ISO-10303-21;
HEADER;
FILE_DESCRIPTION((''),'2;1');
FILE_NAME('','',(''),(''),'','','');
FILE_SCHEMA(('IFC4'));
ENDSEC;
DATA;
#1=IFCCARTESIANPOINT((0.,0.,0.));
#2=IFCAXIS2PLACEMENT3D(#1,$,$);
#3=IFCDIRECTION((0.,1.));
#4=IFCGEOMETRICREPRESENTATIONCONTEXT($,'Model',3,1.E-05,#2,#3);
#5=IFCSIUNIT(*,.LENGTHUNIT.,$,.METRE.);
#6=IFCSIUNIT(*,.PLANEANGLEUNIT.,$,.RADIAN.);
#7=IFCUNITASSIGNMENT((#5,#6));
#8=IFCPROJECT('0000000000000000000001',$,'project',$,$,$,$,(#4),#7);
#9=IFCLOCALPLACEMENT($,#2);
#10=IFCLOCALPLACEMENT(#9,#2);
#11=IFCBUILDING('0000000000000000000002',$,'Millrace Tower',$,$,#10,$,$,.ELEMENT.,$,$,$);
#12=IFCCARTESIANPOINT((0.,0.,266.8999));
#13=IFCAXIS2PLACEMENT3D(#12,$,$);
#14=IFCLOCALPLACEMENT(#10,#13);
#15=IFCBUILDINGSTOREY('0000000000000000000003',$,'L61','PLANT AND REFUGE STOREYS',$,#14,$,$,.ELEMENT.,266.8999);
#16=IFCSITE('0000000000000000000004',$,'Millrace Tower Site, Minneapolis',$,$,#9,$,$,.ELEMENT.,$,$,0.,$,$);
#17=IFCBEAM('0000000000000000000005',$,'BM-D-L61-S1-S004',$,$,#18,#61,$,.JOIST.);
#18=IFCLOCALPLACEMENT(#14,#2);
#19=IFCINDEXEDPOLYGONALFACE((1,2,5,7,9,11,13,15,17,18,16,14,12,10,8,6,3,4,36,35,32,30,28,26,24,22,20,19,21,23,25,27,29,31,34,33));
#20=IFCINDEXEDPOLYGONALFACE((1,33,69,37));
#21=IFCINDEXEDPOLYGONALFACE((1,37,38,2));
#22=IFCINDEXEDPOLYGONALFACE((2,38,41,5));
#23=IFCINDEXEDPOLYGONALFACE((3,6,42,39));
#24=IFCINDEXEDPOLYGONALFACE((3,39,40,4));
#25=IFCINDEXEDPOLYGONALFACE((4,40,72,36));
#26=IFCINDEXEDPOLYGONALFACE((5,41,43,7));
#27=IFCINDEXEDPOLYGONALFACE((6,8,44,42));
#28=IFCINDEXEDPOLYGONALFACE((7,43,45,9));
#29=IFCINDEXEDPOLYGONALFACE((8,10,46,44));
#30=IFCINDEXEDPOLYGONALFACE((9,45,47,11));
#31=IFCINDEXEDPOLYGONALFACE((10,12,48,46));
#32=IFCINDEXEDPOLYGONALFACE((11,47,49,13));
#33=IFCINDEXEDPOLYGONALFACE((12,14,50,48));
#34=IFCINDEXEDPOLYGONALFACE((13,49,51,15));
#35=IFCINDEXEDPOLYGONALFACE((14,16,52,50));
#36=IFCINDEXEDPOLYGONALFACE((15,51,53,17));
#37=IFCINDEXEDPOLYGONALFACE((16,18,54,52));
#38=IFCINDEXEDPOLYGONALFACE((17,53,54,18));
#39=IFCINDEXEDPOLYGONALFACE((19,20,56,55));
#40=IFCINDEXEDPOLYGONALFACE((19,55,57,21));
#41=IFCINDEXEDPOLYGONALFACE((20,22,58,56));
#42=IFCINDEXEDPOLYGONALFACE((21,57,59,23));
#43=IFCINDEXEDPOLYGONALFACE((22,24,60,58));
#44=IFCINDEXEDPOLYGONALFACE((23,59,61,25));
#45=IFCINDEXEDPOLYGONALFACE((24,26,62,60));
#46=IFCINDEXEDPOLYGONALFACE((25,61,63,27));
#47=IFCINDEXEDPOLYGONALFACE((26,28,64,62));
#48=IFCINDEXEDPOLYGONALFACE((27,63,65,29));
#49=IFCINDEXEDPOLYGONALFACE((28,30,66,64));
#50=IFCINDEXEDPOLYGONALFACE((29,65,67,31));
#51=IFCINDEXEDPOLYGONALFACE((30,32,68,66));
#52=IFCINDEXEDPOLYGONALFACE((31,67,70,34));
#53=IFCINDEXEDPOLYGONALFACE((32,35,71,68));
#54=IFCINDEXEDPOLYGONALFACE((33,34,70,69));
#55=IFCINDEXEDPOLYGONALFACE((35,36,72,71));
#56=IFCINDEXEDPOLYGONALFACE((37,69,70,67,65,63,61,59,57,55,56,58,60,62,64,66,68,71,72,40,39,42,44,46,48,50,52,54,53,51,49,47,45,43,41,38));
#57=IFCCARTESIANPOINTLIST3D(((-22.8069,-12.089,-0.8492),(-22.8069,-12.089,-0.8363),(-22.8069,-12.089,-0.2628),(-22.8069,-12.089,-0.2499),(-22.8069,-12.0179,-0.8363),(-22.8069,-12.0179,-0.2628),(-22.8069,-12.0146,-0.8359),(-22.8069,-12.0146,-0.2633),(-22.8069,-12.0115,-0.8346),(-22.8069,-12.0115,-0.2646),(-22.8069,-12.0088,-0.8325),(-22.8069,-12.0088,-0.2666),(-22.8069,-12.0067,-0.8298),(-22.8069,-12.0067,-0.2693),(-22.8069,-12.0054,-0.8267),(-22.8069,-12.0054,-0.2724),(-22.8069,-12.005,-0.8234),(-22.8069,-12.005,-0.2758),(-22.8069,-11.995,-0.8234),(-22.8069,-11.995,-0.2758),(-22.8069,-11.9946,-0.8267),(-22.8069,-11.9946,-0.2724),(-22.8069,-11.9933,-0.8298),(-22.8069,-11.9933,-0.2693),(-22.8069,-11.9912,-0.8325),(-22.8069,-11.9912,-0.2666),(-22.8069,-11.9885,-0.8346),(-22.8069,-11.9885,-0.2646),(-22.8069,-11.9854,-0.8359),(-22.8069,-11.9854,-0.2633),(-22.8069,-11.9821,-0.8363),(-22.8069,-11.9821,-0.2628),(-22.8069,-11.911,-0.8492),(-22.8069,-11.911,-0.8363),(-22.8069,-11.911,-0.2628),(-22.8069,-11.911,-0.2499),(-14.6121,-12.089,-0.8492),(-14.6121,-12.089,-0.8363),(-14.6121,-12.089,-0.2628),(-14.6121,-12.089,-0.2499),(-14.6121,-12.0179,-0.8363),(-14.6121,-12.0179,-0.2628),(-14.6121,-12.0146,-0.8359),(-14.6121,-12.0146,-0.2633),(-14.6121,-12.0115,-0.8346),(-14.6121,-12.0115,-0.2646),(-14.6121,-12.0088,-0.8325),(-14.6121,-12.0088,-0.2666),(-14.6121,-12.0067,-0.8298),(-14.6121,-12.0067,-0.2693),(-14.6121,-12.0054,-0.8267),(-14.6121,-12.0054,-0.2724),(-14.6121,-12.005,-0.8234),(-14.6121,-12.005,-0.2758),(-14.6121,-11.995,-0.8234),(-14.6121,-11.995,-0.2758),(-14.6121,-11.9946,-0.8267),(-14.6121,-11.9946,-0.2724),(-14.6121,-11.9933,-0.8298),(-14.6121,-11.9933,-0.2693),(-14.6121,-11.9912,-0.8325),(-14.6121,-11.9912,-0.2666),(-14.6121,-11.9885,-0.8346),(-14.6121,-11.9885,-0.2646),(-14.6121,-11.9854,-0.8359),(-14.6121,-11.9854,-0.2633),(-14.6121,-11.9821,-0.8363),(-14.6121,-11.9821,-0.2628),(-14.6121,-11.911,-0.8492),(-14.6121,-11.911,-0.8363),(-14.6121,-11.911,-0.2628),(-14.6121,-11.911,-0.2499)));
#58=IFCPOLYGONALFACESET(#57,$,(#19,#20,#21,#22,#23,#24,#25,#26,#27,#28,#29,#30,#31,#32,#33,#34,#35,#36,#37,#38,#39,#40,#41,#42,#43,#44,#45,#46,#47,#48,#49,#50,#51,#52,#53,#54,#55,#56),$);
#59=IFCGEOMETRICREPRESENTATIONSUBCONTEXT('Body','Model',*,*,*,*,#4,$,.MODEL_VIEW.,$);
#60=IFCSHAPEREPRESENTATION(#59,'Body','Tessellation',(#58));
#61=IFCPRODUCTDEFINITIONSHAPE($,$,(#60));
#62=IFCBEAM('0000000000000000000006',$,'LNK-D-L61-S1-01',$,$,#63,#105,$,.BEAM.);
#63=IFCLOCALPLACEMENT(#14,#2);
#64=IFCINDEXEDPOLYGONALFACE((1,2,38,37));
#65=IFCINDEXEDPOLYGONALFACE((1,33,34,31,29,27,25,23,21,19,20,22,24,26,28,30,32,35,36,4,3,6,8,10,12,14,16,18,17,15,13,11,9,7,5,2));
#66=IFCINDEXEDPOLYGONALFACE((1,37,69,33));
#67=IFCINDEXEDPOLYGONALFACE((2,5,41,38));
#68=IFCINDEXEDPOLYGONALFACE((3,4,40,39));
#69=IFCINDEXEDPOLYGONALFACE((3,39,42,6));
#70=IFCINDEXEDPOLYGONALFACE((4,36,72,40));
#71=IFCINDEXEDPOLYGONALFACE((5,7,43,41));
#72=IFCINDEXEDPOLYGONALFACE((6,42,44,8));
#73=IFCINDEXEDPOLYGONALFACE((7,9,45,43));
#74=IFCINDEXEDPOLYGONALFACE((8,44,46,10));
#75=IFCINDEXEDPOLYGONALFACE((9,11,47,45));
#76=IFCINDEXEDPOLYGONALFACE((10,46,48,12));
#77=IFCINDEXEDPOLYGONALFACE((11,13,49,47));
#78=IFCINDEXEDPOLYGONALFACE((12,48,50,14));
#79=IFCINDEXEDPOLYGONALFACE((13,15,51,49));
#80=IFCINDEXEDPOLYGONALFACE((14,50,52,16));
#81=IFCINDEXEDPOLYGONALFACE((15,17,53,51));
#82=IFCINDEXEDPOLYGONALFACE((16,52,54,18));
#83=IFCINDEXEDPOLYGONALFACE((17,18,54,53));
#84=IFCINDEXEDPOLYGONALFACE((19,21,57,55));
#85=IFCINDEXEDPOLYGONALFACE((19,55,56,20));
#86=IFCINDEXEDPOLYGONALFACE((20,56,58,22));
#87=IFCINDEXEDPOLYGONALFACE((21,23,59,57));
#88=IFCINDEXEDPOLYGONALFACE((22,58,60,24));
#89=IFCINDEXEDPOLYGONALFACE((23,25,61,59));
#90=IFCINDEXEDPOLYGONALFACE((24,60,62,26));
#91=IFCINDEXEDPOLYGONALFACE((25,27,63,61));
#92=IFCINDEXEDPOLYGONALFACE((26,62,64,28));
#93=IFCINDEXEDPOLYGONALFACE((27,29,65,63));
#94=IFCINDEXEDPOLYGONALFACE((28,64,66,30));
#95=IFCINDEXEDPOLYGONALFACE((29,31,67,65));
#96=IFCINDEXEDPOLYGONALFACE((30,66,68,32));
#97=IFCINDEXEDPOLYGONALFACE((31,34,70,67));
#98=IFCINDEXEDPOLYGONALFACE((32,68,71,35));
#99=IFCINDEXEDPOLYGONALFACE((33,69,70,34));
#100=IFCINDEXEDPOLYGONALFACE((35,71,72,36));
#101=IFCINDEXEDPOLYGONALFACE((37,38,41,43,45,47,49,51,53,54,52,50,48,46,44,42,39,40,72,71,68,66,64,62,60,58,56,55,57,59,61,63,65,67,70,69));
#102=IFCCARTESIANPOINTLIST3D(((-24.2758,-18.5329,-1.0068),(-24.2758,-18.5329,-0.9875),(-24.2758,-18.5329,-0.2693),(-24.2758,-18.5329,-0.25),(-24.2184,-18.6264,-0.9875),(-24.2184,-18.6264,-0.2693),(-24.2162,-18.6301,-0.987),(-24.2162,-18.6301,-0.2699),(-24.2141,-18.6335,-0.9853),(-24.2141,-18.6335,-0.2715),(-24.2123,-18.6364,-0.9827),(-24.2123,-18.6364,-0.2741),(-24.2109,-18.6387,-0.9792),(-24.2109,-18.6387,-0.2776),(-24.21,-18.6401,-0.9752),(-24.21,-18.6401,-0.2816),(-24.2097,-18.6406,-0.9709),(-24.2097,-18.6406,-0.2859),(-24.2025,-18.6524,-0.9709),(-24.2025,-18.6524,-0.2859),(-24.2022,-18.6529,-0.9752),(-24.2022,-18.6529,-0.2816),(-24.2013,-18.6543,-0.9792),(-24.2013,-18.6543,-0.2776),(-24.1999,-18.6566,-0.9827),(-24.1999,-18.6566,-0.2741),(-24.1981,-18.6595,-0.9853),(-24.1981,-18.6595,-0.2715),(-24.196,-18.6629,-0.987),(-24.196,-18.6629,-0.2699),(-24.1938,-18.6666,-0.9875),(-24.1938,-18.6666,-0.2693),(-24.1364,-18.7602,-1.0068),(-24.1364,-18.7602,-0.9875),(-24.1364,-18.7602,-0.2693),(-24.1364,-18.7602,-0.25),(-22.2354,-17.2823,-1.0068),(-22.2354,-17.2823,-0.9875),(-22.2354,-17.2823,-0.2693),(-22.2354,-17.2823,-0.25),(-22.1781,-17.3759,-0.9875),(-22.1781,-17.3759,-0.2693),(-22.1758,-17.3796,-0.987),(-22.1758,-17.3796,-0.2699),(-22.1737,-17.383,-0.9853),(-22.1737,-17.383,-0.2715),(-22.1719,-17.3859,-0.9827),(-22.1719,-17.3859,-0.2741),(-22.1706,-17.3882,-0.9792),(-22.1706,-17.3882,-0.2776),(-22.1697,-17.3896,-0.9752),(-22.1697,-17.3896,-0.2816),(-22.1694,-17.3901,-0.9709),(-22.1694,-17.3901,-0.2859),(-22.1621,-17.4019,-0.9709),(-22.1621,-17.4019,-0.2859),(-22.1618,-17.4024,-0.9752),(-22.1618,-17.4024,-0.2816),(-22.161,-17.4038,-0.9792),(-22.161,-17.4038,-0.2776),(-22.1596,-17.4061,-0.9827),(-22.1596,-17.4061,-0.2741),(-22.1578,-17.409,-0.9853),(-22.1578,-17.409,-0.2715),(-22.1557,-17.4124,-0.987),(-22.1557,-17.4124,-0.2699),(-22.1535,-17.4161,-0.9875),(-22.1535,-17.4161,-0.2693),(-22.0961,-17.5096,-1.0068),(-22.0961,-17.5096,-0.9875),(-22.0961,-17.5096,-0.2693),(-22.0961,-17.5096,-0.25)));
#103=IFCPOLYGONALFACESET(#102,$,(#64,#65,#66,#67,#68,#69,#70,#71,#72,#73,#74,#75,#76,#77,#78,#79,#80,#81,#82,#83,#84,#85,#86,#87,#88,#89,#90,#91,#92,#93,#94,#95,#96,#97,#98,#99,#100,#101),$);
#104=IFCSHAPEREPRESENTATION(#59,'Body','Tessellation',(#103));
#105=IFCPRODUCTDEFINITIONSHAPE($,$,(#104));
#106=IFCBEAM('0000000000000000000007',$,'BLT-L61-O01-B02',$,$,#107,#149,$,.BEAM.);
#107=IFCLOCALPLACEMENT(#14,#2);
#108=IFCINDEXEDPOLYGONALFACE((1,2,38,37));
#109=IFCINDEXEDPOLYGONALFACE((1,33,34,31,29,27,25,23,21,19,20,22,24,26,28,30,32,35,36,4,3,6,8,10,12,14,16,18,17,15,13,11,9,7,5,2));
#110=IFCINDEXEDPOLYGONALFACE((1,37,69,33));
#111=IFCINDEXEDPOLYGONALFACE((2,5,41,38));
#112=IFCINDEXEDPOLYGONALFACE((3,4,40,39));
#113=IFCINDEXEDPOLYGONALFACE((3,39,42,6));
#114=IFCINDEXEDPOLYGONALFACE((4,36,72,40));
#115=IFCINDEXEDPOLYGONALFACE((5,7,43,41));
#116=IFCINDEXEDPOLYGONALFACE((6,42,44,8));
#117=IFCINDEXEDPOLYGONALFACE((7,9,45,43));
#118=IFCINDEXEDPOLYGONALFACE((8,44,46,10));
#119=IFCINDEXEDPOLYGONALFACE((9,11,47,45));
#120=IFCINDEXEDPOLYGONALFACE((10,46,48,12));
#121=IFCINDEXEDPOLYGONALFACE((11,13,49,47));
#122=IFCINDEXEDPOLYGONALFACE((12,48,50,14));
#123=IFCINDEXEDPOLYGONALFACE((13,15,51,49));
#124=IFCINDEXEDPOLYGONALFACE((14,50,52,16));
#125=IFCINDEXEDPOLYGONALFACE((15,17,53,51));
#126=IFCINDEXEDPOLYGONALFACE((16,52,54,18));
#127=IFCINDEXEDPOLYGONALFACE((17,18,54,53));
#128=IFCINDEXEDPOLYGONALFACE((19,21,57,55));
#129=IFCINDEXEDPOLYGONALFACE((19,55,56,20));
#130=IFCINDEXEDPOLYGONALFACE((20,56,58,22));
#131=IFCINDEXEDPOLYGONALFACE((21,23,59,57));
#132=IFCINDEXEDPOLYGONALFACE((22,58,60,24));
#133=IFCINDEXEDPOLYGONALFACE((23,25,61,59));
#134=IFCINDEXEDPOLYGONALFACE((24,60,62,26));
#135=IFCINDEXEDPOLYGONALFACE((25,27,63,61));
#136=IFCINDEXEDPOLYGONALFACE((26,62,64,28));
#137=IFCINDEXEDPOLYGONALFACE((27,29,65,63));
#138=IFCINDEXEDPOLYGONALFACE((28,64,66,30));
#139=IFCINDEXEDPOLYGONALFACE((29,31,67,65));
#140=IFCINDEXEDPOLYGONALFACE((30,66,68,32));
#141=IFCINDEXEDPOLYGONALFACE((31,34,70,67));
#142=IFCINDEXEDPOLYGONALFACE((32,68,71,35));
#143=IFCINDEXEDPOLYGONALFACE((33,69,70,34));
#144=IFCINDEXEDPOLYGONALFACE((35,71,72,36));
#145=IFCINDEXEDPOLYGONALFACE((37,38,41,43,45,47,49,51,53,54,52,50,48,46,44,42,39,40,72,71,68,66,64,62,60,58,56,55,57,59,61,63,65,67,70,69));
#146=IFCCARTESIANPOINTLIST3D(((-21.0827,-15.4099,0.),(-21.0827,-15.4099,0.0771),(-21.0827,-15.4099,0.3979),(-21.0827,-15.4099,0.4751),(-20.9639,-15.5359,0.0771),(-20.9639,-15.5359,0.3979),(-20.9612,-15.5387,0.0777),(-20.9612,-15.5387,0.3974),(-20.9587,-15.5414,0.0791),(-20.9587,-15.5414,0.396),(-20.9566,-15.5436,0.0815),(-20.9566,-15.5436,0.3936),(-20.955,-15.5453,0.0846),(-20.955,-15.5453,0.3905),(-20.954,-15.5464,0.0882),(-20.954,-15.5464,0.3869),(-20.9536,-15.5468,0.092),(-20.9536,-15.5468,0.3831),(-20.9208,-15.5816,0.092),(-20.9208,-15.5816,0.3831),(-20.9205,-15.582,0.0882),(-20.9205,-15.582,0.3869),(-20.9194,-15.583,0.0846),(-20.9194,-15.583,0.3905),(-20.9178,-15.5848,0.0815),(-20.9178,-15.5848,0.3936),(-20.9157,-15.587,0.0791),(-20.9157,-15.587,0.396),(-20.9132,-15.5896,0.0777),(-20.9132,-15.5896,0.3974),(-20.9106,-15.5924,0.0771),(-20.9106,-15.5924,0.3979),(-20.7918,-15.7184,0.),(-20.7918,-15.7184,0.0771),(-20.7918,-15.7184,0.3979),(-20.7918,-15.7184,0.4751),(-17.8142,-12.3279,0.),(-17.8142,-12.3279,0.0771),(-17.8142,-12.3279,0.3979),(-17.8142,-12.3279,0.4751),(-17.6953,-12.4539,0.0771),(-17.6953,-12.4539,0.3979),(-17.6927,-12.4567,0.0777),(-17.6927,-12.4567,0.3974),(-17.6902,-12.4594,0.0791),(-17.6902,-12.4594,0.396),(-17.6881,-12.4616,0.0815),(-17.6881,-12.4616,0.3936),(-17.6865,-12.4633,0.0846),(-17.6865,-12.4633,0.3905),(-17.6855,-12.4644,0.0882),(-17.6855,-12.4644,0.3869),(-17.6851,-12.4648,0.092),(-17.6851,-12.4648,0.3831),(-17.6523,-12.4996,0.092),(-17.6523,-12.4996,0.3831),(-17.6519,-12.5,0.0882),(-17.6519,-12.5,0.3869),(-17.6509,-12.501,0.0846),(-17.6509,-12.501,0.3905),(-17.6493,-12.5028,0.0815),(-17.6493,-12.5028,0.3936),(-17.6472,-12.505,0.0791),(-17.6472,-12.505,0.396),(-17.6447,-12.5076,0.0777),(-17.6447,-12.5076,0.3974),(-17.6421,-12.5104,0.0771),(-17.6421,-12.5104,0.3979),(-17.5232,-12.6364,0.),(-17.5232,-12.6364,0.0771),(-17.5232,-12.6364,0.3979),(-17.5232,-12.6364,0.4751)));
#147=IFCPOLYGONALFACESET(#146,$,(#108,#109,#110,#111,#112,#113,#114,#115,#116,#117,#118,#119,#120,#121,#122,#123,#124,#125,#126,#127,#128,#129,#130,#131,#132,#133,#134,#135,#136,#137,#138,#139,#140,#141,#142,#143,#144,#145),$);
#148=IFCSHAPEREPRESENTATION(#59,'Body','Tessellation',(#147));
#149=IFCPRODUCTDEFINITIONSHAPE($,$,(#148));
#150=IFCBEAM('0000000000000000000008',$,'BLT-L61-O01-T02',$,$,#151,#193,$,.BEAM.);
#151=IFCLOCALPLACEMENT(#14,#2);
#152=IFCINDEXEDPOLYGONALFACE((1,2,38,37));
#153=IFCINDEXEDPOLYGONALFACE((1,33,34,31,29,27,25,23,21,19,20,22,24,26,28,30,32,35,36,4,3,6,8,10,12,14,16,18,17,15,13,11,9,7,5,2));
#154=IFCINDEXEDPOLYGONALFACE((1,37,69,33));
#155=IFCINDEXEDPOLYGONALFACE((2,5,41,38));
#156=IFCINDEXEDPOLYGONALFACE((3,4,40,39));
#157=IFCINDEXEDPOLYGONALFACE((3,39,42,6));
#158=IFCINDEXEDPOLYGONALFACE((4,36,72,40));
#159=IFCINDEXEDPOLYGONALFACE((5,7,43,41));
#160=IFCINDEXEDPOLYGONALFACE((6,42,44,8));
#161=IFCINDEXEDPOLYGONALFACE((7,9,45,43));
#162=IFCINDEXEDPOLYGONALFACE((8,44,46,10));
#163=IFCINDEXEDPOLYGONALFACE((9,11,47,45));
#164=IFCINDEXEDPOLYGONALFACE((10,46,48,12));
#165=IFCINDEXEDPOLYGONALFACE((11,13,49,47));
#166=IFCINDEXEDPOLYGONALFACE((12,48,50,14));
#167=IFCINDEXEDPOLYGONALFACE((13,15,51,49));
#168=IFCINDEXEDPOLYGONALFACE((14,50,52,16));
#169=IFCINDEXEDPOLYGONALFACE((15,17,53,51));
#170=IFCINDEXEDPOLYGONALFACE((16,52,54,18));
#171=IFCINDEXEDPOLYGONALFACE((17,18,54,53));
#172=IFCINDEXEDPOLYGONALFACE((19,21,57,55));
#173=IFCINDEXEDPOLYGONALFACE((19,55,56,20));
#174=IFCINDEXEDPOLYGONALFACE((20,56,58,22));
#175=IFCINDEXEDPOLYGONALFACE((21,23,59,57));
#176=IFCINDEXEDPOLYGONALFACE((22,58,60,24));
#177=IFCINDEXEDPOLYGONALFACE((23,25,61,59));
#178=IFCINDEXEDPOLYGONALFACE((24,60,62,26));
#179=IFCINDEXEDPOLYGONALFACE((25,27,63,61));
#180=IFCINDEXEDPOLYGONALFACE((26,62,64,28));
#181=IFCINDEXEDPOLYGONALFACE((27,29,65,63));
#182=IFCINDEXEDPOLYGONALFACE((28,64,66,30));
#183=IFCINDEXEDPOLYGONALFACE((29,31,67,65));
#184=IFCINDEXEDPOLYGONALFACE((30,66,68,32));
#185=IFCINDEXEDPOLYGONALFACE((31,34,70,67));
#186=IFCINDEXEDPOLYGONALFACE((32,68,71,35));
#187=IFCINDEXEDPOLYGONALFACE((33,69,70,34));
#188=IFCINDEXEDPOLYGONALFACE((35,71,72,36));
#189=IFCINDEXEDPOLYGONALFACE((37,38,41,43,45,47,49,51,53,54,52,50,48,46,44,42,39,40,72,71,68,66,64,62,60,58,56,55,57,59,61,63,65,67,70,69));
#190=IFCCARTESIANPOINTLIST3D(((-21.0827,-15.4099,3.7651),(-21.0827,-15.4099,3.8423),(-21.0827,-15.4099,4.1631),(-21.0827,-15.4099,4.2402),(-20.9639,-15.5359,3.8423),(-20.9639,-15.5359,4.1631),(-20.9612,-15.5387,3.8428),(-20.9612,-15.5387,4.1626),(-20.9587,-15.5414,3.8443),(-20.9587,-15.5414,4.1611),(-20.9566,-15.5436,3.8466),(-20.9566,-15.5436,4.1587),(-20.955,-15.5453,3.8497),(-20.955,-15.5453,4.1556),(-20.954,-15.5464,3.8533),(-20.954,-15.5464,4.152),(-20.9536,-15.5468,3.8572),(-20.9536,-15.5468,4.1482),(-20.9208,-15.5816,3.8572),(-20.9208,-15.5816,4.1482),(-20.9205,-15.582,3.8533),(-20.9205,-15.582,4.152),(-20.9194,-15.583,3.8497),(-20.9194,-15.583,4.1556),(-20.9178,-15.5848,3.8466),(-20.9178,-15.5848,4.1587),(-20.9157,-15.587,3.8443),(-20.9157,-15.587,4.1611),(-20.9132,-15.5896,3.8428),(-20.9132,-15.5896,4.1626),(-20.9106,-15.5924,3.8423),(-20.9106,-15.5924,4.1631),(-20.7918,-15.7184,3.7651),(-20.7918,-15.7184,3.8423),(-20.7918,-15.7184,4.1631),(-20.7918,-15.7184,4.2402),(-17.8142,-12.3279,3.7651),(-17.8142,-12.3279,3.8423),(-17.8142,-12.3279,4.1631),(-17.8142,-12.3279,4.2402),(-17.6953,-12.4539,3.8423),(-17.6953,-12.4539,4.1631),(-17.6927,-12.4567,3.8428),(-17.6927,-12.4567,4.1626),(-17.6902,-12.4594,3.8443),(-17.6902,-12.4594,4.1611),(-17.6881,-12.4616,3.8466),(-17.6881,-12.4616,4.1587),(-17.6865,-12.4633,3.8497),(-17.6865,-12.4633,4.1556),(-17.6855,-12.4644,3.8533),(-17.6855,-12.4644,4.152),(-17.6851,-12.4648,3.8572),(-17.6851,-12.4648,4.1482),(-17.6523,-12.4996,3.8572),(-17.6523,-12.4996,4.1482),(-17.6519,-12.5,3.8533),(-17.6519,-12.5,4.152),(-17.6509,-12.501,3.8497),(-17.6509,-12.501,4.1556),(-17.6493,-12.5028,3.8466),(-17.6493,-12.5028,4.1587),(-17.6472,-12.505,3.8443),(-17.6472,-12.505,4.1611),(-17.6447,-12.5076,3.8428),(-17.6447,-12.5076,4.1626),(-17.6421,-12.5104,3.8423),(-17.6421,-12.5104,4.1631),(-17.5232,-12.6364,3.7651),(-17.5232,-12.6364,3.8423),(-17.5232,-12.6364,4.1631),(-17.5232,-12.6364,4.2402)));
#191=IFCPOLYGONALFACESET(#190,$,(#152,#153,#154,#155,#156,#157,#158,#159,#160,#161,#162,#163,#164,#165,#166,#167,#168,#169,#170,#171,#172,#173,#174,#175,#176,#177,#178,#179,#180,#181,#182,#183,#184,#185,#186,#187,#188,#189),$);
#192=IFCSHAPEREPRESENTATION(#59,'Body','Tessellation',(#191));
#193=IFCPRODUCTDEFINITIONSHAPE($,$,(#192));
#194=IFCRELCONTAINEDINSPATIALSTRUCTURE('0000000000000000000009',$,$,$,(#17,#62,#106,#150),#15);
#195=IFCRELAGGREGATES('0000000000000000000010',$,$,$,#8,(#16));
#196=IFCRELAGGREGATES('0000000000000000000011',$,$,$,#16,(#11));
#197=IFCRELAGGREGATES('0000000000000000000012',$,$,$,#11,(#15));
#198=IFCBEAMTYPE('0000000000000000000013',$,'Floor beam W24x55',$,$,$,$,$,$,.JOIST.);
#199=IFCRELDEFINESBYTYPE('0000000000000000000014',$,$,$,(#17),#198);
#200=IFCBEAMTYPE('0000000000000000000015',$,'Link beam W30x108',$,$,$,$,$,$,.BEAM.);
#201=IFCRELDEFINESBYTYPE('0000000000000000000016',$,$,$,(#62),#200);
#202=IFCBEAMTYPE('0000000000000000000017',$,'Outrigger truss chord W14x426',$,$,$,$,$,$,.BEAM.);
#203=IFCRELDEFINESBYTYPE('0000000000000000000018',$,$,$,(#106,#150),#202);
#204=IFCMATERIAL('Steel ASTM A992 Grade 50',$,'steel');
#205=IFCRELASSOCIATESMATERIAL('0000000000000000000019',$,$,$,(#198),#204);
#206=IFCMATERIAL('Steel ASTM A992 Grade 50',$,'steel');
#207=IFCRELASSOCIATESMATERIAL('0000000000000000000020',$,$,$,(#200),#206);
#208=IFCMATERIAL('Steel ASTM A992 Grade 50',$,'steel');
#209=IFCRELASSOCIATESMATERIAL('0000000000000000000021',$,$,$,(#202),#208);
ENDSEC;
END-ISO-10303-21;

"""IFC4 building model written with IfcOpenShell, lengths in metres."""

from ifc_helpers import new_model, si_unit, direction, frame, origin, origin_2d, place, context, subcontext, project, spatial, i_section, extrude, material, material_profile, profile_set, type_object, element, save


model = new_model("IFC4")

# Units and contexts
model_context = context("Model", 3, precision=1e-05, world=origin(), true_north=direction((0.0, 1.0)))
body_context = subcontext(model_context, "Body", "Model", "MODEL_VIEW")
ifc_project = project(units=[si_unit("LENGTHUNIT", "METRE"), si_unit("PLANEANGLEUNIT", "RADIAN")], contexts=[model_context])

# Site, building, storey
site_placement = place(None, origin())
site = spatial("IfcSite", under=ifc_project, at=site_placement, Name="Millrace Tower Site, Minneapolis", CompositionType="ELEMENT", RefElevation=0.0)
building_placement = place(site_placement, origin())
building = spatial("IfcBuilding", under=site, at=building_placement, Name="Millrace Tower", CompositionType="ELEMENT")
storey_placement = place(building_placement, frame((0.0, 0.0, 266.8999)))
storey = spatial("IfcBuildingStorey", under=building, at=storey_placement, Name="L61", Description="PLANT AND REFUGE STOREYS", CompositionType="ELEMENT", Elevation=266.8999)

# Beams
ifc_material_1 = material(Name="Steel ASTM A992 Grade 50", Category="steel")
ifc_material_profile_1 = material_profile(ifc_material_1, i_section(OverallWidth=0.178, OverallDepth=0.5994, WebThickness=0.01, FlangeThickness=0.0129, FilletRadius=0.0129, at=origin_2d()))
ifc_profile_set_1 = profile_set([ifc_material_profile_1], Name="Steel ASTM A992 Grade 50")
beam_type_1 = type_object("IfcBeamType", Name="Floor beam W24x55", PredefinedType="JOIST", material=ifc_profile_set_1)
beam_1_placement = place(storey_placement, frame((-22.8069, -12.0, -0.5496), z_axis=(1.0, 0.0, 0.0), x_axis=(0.0, 1.0, 0.0)))
element("IfcBeam", 1, at=beam_1_placement, inside=storey, type_object=beam_type_1, Name="BM-D-L61-S1-S004", PredefinedType="JOIST", context=body_context, shape_type="SweptSolid", body=[
    extrude(i_section(OverallWidth=0.178, OverallDepth=0.5994, WebThickness=0.01, FlangeThickness=0.0129, FilletRadius=0.0129, at=origin_2d()), origin(), (0.0, 0.0, 1.0), 8.1948),
])
ifc_material_2 = material(Name="Steel ASTM A992 Grade 50", Category="steel")
ifc_material_profile_2 = material_profile(ifc_material_2, i_section(OverallWidth=0.2666, OverallDepth=0.7568, WebThickness=0.0139, FlangeThickness=0.0193, FilletRadius=0.0166, at=origin_2d()))
ifc_profile_set_2 = profile_set([ifc_material_profile_2], Name="Steel ASTM A992 Grade 50")
beam_type_2 = type_object("IfcBeamType", Name="Link beam W30x108", PredefinedType="BEAM", material=ifc_profile_set_2)
beam_2_placement = place(storey_placement, frame((-22.1658, -17.396, -0.6284), z_axis=(-0.852603, -0.52256, 0.0), x_axis=(0.52256, -0.852603, 0.0)))
element("IfcBeam", 2, at=beam_2_placement, inside=storey, type_object=beam_type_2, Name="LNK-D-L61-S1-01", PredefinedType="BEAM", context=body_context, shape_type="SweptSolid", body=[
    extrude(i_section(OverallWidth=0.2666, OverallDepth=0.7568, WebThickness=0.0139, FlangeThickness=0.0193, FilletRadius=0.0166, at=origin_2d()), origin(), (0.0, 0.0, 1.0), 2.3931),
])
ifc_material_3 = material(Name="Steel ASTM A992 Grade 50", Category="steel")
ifc_material_profile_3 = material_profile(ifc_material_3, i_section(OverallWidth=0.4241, OverallDepth=0.4751, WebThickness=0.0479, FlangeThickness=0.0771, FilletRadius=0.0149, at=origin_2d()))
ifc_profile_set_3 = profile_set([ifc_material_profile_3], Name="Steel ASTM A992 Grade 50")
beam_type_3 = type_object("IfcBeamType", Name="Outrigger truss chord W14x426", PredefinedType="BEAM", material=ifc_profile_set_3)
for number, where, z_axis, x_axis, name in (
    (3, (-17.6687, -12.4822, 0.2375), (-0.727562, -0.686042, 0.0), (0.686042, -0.727562, 0.0), "BLT-L61-O01-B02"),
    (4, (-17.6687, -12.4822, 4.0027), (-0.727562, -0.686042, 0.0), (0.686042, -0.727562, 0.0), "BLT-L61-O01-T02"),
):
    element("IfcBeam", number, at=place(storey_placement, frame(where, z_axis=z_axis, x_axis=x_axis)), inside=storey, type_object=beam_type_3, Name=name, PredefinedType="BEAM", context=body_context, shape_type="SweptSolid", body=[
        extrude(i_section(OverallWidth=0.4241, OverallDepth=0.4751, WebThickness=0.0479, FlangeThickness=0.0771, FilletRadius=0.0149, at=origin_2d()), origin(), (0.0, 0.0, 1.0), 4.4924),
    ])

save(model, "model.ifc")
